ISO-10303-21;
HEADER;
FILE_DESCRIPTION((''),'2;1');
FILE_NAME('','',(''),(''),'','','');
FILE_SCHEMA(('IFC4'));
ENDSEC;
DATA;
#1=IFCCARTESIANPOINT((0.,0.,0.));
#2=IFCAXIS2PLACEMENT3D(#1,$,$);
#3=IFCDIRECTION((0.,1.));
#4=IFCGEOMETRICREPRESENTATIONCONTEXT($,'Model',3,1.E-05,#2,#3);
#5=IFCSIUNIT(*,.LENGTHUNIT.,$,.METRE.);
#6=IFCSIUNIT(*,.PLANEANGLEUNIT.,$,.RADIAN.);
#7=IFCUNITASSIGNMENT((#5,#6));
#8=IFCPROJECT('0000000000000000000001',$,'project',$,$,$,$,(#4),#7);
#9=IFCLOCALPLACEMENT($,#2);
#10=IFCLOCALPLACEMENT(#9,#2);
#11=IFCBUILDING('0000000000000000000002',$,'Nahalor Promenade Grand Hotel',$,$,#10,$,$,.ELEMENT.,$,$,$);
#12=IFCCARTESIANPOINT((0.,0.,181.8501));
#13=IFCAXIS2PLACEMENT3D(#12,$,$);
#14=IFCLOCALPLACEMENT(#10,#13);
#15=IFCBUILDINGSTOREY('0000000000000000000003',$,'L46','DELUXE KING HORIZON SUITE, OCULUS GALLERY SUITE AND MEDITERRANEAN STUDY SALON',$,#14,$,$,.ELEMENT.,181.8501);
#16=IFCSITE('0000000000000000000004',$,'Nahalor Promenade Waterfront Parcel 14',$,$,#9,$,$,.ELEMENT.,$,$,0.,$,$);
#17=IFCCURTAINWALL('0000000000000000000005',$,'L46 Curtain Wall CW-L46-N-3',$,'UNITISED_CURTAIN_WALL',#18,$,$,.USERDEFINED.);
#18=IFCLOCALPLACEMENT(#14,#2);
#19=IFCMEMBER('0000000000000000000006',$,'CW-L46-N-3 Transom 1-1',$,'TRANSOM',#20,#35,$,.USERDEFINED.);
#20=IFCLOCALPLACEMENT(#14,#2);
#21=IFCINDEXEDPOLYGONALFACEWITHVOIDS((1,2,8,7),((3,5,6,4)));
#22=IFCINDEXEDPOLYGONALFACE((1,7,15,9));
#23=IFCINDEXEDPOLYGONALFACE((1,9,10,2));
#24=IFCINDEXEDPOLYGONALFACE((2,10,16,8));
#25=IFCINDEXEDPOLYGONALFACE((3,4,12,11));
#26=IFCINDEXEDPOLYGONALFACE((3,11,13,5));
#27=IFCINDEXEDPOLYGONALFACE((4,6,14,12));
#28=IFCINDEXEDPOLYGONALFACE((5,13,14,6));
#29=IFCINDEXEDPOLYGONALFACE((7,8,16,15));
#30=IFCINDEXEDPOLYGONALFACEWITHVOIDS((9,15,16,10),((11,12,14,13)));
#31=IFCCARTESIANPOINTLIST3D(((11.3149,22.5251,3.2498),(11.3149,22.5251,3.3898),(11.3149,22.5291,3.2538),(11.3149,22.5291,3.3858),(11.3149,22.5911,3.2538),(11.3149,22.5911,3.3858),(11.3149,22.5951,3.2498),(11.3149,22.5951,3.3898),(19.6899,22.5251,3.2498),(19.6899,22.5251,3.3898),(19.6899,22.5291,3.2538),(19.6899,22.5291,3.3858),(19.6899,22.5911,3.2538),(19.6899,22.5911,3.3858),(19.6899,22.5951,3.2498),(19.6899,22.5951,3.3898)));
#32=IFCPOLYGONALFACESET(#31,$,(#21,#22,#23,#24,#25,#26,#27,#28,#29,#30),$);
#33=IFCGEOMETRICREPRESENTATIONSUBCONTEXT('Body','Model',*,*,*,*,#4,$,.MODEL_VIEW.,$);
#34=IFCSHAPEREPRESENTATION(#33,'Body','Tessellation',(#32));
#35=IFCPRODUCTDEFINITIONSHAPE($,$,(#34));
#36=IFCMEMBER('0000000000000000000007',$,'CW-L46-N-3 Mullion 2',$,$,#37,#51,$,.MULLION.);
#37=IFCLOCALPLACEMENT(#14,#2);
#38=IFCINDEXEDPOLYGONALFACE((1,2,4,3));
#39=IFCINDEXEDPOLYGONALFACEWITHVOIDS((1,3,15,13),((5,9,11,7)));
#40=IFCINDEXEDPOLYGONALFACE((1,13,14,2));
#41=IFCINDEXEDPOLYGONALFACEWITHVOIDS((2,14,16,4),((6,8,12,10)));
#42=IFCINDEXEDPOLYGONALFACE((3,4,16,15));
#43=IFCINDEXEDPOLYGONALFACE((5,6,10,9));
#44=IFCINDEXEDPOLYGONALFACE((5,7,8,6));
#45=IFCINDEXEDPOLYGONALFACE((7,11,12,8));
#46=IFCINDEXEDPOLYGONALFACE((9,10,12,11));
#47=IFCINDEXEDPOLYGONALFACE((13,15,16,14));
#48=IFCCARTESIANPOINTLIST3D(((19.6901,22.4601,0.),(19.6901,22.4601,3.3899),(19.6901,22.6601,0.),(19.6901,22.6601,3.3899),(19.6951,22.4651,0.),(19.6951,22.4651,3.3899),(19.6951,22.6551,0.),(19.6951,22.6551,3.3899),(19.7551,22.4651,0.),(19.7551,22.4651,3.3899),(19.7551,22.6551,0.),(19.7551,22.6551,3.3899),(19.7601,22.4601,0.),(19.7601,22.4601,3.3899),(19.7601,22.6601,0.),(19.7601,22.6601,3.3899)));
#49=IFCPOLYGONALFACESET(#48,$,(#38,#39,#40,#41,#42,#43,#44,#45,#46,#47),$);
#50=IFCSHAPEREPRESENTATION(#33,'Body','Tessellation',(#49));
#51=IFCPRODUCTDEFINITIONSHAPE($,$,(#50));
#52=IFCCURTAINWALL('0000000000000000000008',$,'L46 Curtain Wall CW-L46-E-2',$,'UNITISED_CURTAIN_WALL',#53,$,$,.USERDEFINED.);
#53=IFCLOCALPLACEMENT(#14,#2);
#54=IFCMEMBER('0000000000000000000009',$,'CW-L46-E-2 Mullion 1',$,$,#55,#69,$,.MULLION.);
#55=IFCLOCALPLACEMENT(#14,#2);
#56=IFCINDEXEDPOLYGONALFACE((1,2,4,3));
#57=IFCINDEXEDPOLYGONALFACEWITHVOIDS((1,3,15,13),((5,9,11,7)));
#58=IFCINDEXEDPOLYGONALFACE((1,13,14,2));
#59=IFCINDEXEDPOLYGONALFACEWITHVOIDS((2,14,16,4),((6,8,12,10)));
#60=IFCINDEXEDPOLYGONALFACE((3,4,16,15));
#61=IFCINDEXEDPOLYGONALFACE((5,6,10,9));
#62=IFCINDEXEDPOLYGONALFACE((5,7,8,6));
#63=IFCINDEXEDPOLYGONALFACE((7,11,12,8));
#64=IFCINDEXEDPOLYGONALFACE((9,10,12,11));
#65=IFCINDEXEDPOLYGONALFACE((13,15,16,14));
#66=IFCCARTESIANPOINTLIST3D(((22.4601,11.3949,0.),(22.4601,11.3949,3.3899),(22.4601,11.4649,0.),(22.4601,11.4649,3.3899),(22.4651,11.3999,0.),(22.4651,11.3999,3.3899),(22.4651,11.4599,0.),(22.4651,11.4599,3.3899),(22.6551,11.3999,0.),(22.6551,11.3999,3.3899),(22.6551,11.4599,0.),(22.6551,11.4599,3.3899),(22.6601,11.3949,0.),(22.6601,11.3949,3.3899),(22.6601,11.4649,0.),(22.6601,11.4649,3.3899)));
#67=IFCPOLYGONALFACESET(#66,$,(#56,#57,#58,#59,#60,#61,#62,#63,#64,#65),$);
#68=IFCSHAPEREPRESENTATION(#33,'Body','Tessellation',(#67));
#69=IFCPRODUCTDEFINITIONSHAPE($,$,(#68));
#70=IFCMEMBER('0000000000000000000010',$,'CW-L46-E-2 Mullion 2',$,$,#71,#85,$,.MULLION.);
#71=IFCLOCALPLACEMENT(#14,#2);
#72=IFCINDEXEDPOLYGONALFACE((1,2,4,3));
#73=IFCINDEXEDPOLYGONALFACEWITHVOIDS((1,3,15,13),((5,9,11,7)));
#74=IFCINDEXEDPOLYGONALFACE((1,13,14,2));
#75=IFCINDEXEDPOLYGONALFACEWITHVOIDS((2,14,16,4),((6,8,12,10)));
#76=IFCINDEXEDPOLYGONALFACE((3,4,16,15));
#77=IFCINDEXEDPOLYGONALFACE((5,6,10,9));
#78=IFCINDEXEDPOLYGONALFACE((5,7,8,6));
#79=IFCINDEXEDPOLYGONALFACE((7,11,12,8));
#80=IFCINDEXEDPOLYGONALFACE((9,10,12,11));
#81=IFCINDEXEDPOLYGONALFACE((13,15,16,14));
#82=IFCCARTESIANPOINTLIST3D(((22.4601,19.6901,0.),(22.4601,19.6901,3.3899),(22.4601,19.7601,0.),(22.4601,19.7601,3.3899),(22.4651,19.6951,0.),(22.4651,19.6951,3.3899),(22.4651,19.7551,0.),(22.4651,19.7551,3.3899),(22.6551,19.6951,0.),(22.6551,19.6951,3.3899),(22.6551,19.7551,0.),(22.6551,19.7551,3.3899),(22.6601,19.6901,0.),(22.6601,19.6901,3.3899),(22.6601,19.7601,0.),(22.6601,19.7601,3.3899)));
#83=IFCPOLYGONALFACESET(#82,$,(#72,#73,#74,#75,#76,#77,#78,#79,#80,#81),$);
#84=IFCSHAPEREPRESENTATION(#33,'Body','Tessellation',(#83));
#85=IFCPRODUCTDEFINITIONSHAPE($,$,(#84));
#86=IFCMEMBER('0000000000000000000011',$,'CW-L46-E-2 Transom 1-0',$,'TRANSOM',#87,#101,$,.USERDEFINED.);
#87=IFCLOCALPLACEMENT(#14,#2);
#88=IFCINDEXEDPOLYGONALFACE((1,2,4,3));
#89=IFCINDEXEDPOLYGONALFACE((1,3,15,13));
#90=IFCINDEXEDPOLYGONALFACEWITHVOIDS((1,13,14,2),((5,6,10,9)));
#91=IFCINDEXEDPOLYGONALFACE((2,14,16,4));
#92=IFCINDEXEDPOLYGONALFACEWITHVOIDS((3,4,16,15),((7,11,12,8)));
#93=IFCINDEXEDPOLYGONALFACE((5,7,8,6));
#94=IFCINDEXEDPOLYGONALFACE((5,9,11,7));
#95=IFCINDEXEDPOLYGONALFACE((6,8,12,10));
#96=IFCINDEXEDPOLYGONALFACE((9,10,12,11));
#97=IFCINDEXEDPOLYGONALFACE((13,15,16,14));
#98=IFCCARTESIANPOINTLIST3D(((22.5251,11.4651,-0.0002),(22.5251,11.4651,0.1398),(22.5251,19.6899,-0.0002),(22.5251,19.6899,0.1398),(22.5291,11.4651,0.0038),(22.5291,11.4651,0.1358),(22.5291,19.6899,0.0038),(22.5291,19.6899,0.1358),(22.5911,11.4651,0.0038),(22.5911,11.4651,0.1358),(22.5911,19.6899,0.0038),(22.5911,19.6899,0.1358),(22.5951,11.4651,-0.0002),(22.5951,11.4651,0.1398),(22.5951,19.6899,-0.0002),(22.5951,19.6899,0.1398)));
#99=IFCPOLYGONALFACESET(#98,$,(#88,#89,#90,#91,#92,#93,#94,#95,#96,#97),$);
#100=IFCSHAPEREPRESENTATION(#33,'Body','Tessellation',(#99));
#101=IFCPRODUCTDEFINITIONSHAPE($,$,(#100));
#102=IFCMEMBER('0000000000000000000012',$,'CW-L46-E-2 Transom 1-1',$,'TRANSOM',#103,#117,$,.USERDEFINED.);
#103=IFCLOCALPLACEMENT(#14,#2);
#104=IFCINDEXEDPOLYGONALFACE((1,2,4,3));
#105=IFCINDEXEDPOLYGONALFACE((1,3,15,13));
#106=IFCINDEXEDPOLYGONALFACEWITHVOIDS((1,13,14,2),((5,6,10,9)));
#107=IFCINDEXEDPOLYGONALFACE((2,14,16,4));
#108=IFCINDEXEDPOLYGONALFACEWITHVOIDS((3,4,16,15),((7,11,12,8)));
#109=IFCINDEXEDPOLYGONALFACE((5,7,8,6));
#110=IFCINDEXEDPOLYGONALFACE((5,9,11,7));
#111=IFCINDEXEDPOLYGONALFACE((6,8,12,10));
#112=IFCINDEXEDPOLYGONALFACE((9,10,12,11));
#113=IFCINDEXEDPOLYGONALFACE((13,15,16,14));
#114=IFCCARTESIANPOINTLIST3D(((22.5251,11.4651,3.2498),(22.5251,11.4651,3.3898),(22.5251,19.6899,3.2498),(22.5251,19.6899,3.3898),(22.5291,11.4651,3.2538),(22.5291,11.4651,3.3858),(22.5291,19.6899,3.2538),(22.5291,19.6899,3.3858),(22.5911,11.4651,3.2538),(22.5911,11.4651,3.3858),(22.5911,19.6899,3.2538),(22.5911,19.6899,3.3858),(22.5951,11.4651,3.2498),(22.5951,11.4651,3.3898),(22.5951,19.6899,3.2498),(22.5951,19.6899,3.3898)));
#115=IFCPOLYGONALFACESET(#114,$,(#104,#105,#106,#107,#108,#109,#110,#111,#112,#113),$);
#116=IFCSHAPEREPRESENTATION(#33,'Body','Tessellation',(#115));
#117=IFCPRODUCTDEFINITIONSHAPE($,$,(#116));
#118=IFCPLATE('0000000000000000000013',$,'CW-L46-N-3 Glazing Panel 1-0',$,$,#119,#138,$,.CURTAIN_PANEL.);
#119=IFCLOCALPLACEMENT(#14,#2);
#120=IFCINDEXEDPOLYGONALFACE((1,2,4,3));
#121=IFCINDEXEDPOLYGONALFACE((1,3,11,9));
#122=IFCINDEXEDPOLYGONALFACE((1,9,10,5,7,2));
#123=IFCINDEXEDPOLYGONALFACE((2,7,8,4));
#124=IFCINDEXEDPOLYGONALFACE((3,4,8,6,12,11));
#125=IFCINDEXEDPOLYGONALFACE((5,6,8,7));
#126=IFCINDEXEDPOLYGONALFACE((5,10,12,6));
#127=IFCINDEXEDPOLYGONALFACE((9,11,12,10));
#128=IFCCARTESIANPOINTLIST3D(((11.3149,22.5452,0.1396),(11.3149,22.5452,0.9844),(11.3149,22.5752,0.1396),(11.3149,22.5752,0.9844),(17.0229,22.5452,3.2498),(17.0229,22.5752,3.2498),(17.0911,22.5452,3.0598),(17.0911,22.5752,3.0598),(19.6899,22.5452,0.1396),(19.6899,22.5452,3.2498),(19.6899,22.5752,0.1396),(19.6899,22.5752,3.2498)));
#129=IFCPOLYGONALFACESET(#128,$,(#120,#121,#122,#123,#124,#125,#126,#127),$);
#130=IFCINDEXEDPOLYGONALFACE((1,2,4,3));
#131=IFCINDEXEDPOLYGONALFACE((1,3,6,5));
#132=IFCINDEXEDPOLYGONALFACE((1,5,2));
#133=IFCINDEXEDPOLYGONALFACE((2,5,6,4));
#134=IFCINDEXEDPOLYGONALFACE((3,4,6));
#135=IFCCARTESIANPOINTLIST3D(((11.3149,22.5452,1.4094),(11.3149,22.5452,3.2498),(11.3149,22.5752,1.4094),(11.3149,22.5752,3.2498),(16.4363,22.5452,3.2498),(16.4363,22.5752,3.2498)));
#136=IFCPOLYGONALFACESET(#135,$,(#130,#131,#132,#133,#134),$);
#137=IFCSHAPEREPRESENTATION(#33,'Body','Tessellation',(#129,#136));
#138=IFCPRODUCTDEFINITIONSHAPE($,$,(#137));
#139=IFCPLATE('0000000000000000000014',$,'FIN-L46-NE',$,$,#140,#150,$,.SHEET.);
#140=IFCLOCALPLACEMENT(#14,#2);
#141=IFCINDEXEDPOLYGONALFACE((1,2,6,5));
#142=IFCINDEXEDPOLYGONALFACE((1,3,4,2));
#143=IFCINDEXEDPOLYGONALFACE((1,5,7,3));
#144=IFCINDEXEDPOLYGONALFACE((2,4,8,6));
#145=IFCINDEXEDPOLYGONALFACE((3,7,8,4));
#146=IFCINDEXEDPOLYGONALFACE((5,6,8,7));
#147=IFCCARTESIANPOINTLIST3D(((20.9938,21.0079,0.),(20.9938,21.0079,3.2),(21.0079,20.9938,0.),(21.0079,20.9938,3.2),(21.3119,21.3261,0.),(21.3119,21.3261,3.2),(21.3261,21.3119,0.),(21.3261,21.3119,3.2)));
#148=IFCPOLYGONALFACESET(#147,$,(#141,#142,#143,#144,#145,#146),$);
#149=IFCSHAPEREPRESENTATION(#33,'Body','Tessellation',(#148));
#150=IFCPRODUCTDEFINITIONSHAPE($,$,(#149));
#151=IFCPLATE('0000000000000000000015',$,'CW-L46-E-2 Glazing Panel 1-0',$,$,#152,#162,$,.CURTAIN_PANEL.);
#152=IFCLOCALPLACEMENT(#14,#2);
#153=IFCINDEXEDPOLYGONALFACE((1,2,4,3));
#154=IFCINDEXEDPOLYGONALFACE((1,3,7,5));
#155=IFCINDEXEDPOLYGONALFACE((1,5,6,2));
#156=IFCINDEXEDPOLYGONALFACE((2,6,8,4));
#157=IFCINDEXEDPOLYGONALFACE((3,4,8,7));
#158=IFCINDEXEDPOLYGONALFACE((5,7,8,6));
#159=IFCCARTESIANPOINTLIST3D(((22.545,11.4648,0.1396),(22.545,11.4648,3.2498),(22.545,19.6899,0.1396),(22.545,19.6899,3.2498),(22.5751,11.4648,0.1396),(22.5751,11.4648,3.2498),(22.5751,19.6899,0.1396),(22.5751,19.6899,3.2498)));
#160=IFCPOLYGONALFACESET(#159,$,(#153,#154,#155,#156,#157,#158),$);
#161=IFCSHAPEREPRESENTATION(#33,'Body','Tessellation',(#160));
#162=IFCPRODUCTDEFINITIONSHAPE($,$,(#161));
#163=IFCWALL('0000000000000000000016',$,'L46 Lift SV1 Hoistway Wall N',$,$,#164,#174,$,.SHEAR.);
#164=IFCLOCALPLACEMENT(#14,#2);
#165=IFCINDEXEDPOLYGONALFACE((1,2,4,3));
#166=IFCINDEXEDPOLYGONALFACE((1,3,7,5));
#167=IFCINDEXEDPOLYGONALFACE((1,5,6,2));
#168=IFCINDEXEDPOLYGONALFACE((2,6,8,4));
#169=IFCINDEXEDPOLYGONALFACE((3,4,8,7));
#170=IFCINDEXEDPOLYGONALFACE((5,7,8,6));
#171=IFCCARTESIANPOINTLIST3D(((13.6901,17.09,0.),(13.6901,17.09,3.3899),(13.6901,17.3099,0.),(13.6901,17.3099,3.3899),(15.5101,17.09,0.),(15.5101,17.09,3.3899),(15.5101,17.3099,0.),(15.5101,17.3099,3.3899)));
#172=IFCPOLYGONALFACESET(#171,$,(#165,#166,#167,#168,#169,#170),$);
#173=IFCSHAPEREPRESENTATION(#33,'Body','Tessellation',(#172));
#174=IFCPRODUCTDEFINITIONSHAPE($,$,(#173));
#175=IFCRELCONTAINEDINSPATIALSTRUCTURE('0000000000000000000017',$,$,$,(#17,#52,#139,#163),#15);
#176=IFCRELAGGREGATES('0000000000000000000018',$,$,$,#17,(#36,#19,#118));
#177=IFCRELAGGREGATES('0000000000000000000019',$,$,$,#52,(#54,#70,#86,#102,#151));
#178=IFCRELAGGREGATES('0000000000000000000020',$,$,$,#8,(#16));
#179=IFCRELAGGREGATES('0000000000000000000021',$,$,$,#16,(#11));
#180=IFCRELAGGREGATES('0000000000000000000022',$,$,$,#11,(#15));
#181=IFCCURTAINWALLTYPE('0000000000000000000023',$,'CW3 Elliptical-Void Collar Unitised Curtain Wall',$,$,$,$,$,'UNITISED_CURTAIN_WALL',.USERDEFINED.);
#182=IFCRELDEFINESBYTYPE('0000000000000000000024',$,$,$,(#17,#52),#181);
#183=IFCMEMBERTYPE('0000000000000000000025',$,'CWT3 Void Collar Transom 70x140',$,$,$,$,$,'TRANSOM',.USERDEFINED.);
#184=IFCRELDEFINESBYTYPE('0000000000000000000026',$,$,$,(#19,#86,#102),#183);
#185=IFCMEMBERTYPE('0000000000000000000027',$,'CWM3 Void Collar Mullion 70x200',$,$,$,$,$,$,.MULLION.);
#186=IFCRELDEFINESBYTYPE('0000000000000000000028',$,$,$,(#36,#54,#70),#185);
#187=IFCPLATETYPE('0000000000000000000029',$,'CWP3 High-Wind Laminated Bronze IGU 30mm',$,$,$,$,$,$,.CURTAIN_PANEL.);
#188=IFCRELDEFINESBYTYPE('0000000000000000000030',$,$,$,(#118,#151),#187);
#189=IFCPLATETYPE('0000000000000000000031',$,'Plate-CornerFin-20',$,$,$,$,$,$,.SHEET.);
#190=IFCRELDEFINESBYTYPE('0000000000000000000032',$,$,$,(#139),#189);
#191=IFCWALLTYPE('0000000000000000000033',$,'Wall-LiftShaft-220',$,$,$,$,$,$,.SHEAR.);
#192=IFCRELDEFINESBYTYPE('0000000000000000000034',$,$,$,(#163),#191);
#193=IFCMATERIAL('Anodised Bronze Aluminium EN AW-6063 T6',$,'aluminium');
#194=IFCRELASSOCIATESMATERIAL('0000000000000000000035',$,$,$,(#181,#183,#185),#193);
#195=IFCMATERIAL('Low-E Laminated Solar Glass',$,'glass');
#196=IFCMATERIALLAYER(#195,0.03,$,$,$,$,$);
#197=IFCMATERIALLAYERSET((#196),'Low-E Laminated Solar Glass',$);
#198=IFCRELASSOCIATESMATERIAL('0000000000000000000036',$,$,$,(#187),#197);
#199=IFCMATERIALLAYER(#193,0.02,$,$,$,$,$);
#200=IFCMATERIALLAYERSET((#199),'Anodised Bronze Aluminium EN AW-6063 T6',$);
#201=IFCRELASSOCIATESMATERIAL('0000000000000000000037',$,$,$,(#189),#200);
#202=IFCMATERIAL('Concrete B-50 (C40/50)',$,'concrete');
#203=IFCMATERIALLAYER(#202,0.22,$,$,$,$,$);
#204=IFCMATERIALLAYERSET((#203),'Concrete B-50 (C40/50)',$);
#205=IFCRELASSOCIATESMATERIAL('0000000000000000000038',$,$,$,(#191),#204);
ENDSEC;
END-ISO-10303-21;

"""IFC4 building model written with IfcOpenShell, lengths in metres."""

from ifc_helpers import new_model, si_unit, direction, frame, frame_2d, origin, origin_2d, place, context, subcontext, project, spatial, polyline, rectangle, hollow_rectangle, outline, extrude, source, transform, mapped, material, layer, layer_set, material_profile, profile_set, type_object, element, aggregate, save


model = new_model("IFC4")

# Units and contexts
model_context = context("Model", 3, precision=1e-05, world=origin(), true_north=direction((0.0, 1.0)))
body_context = subcontext(model_context, "Body", "Model", "MODEL_VIEW")
ifc_project = project(units=[si_unit("LENGTHUNIT", "METRE"), si_unit("PLANEANGLEUNIT", "RADIAN")], contexts=[model_context])

# Site, building, storey
site_placement = place(None, origin())
site = spatial("IfcSite", under=ifc_project, at=site_placement, Name="Nahalor Promenade Waterfront Parcel 14", CompositionType="ELEMENT", RefElevation=0.0)
building_placement = place(site_placement, origin())
building = spatial("IfcBuilding", under=site, at=building_placement, Name="Nahalor Promenade Grand Hotel", CompositionType="ELEMENT")
storey_placement = place(building_placement, frame((0.0, 0.0, 181.8501)))
storey = spatial("IfcBuildingStorey", under=building, at=storey_placement, Name="L46", Description="DELUXE KING HORIZON SUITE, OCULUS GALLERY SUITE AND MEDITERRANEAN STUDY SALON", CompositionType="ELEMENT", Elevation=181.8501)

# Curtain walls, members
ifc_material_1 = material(Name="Anodised Bronze Aluminium EN AW-6063 T6", Category="aluminium")
curtain_wall_type = type_object("IfcCurtainWallType", Name="CW3 Elliptical-Void Collar Unitised Curtain Wall", ElementType="UNITISED_CURTAIN_WALL", PredefinedType="USERDEFINED", material=ifc_material_1)
curtain_wall_1_placement = place(storey_placement, origin())
curtain_wall_1 = element("IfcCurtainWall", 1, at=curtain_wall_1_placement, inside=storey, type_object=curtain_wall_type, Name="L46 Curtain Wall CW-L46-N-3", ObjectType="UNITISED_CURTAIN_WALL", PredefinedType="USERDEFINED")
ifc_material_profile_1 = material_profile(ifc_material_1, hollow_rectangle(XDim=0.07, YDim=0.14, WallThickness=0.004, at=origin_2d()), Name="CWT 70x140x4")
ifc_profile_set_1 = profile_set([ifc_material_profile_1], Name="Anodised Bronze Aluminium EN AW-6063 T6")
member_type_1 = type_object("IfcMemberType", Name="CWT3 Void Collar Transom 70x140", ElementType="TRANSOM", PredefinedType="USERDEFINED", material=ifc_profile_set_1)
shared_shape_1 = source(origin(), body_context, "Body", "SweptSolid", [
    extrude(hollow_rectangle(XDim=0.07, YDim=0.14, WallThickness=0.004, at=origin_2d()), origin(), (0.0, 0.0, 1.0), 8.375),
])
member_1_placement = place(storey_placement, frame((11.3149, 22.5601, 3.3198), z_axis=(1.0, 0.0, 0.0), x_axis=(0.0, 1.0, 0.0)))
member_1 = element("IfcMember", 2, at=member_1_placement, type_object=member_type_1, Name="CW-L46-N-3 Transom 1-1", ObjectType="TRANSOM", PredefinedType="USERDEFINED", context=body_context, shape_type="MappedRepresentation", body=[
    mapped(shared_shape_1, transform((0.0, 0.0, 0.0), scale=1.0)),
])
ifc_material_profile_2 = material_profile(ifc_material_1, hollow_rectangle(XDim=0.07, YDim=0.2, WallThickness=0.005, at=origin_2d()), Name="CWM 70x200x5")
ifc_profile_set_2 = profile_set([ifc_material_profile_2], Name="Anodised Bronze Aluminium EN AW-6063 T6")
member_type_2 = type_object("IfcMemberType", Name="CWM3 Void Collar Mullion 70x200", PredefinedType="MULLION", material=ifc_profile_set_2)
shared_shape_2 = source(origin(), body_context, "Body", "SweptSolid", [
    extrude(hollow_rectangle(XDim=0.07, YDim=0.2, WallThickness=0.005, at=origin_2d()), origin(), (0.0, 0.0, 1.0), 3.3899),
])
member_2_placement = place(storey_placement, frame((19.7251, 22.5601, 0.0), z_axis=(0.0, 0.0, 1.0), x_axis=(1.0, 0.0, 0.0)))
member_2 = element("IfcMember", 3, at=member_2_placement, type_object=member_type_2, Name="CW-L46-N-3 Mullion 2", PredefinedType="MULLION", context=body_context, shape_type="MappedRepresentation", body=[
    mapped(shared_shape_2, transform((0.0, 0.0, 0.0), scale=1.0)),
])
curtain_wall_2_placement = place(storey_placement, origin())
curtain_wall_2 = element("IfcCurtainWall", 4, at=curtain_wall_2_placement, inside=storey, type_object=curtain_wall_type, Name="L46 Curtain Wall CW-L46-E-2", ObjectType="UNITISED_CURTAIN_WALL", PredefinedType="USERDEFINED")
member_3_placement = place(storey_placement, frame((22.5601, 11.4299, 0.0), z_axis=(0.0, 0.0, 1.0), x_axis=(0.0, 1.0, 0.0)))
member_3 = element("IfcMember", 5, at=member_3_placement, type_object=member_type_2, Name="CW-L46-E-2 Mullion 1", PredefinedType="MULLION", context=body_context, shape_type="MappedRepresentation", body=[
    mapped(shared_shape_2, transform((0.0, 0.0, 0.0), scale=1.0)),
])
member_4_placement = place(storey_placement, frame((22.5601, 19.7251, 0.0), z_axis=(0.0, 0.0, 1.0), x_axis=(0.0, 1.0, 0.0)))
member_4 = element("IfcMember", 6, at=member_4_placement, type_object=member_type_2, Name="CW-L46-E-2 Mullion 2", PredefinedType="MULLION", context=body_context, shape_type="MappedRepresentation", body=[
    mapped(shared_shape_2, transform((0.0, 0.0, 0.0), scale=1.0)),
])
shared_shape_3 = source(origin(), body_context, "Body", "SweptSolid", [
    extrude(hollow_rectangle(XDim=0.07, YDim=0.14, WallThickness=0.004, at=origin_2d()), origin(), (0.0, 0.0, 1.0), 8.2249),
])
member_5_placement = place(storey_placement, frame((22.5601, 11.4651, 0.0698), z_axis=(0.0, 1.0, 0.0), x_axis=(-1.0, 0.0, 0.0)))
member_5 = element("IfcMember", 7, at=member_5_placement, type_object=member_type_1, Name="CW-L46-E-2 Transom 1-0", ObjectType="TRANSOM", PredefinedType="USERDEFINED", context=body_context, shape_type="MappedRepresentation", body=[
    mapped(shared_shape_3, transform((0.0, 0.0, 0.0), scale=1.0)),
])
member_6_placement = place(storey_placement, frame((22.5601, 11.4651, 3.3198), z_axis=(0.0, 1.0, 0.0), x_axis=(-1.0, 0.0, 0.0)))
member_6 = element("IfcMember", 8, at=member_6_placement, type_object=member_type_1, Name="CW-L46-E-2 Transom 1-1", ObjectType="TRANSOM", PredefinedType="USERDEFINED", context=body_context, shape_type="MappedRepresentation", body=[
    mapped(shared_shape_3, transform((0.0, 0.0, 0.0), scale=1.0)),
])

# Plates
ifc_material_2 = material(Name="Low-E Laminated Solar Glass", Category="glass")
ifc_layer_1 = layer(ifc_material_2, 0.03)
ifc_layer_set_1 = layer_set([ifc_layer_1], Name="Low-E Laminated Solar Glass")
plate_type_1 = type_object("IfcPlateType", Name="CWP3 High-Wind Laminated Bronze IGU 30mm", PredefinedType="CURTAIN_PANEL", material=ifc_layer_set_1)
plate_1_placement = place(storey_placement, frame((15.5024, 22.5601, 0.1396), z_axis=(0.0, 0.0, 1.0), x_axis=(1.0, 0.0, 0.0)))
plate_1 = element("IfcPlate", 9, at=plate_1_placement, type_object=plate_type_1, Name="CW-L46-N-3 Glazing Panel 1-0", PredefinedType="CURTAIN_PANEL", context=body_context, shape_type="SweptSolid", body=[
    extrude(outline(polyline([(4.1875, 0.0), (4.1875, 3.1101), (1.5205, 3.1101), (1.5886, 2.9202), (-4.1875, 0.8447), (-4.1875, 0.0), (4.1875, 0.0)])), frame((0.0, 0.0151, 0.0), z_axis=(0.0, -1.0, 0.0), x_axis=(1.0, 0.0, 0.0)), (0.0, 0.0, 1.0), 0.03),
    extrude(outline(polyline([(0.9338, 3.1101), (-4.1875, 3.1101), (-4.1875, 1.2698), (0.9338, 3.1101)])), frame((0.0, 0.0151, 0.0), z_axis=(0.0, -1.0, 0.0), x_axis=(1.0, 0.0, 0.0)), (0.0, 0.0, 1.0), 0.03),
])
aggregate(curtain_wall_1, [member_2, member_1, plate_1])
ifc_layer_2 = layer(ifc_material_1, 0.02)
ifc_layer_set_2 = layer_set([ifc_layer_2], Name="Anodised Bronze Aluminium EN AW-6063 T6")
plate_type_2 = type_object("IfcPlateType", Name="Plate-CornerFin-20", PredefinedType="SHEET", material=ifc_layer_set_2)
shared_shape_4 = source(origin(), body_context, "Body", "SweptSolid", [
    extrude(rectangle(XDim=0.45, YDim=0.02, at=origin_2d()), origin(), (0.0, 0.0, 1.0), 3.2),
])
plate_2_placement = place(storey_placement, frame((21.1599, 21.1599, 0.0), z_axis=(0.0, 0.0, 1.0), x_axis=(0.707107, 0.707107, 0.0)))
element("IfcPlate", 10, at=plate_2_placement, inside=storey, type_object=plate_type_2, Name="FIN-L46-NE", PredefinedType="SHEET", context=body_context, shape_type="MappedRepresentation", body=[
    mapped(shared_shape_4, transform((0.0, 0.0, 0.0), scale=1.0)),
])
shared_shape_5 = source(origin(), body_context, "Body", "SweptSolid", [
    extrude(rectangle(XDim=8.2251, YDim=0.03, at=origin_2d()), origin(), (0.0, 0.0, 1.0), 3.1101),
])
plate_3_placement = place(storey_placement, frame((22.5601, 15.5774, 0.1396), z_axis=(0.0, 0.0, 1.0), x_axis=(0.0, 1.0, 0.0)))
plate_3 = element("IfcPlate", 11, at=plate_3_placement, type_object=plate_type_1, Name="CW-L46-E-2 Glazing Panel 1-0", PredefinedType="CURTAIN_PANEL", context=body_context, shape_type="MappedRepresentation", body=[
    mapped(shared_shape_5, transform((0.0, 0.0, 0.0), scale=1.0)),
])
aggregate(curtain_wall_2, [member_3, member_4, member_5, member_6, plate_3])

# Wall
ifc_material_3 = material(Name="Concrete B-50 (C40/50)", Category="concrete")
ifc_layer_3 = layer(ifc_material_3, 0.22)
ifc_layer_set_3 = layer_set([ifc_layer_3], Name="Concrete B-50 (C40/50)")
wall_type_1 = type_object("IfcWallType", Name="Wall-LiftShaft-220", PredefinedType="SHEAR", material=ifc_layer_set_3)
shared_shape_6 = source(origin(), body_context, "Body", "SweptSolid", [
    extrude(rectangle(XDim=1.8201, YDim=0.22, at=frame_2d((0.9102, 0.0))), origin(), (0.0, 0.0, 1.0), 3.3899),
])
wall_1_placement = place(storey_placement, frame((13.6899, 17.2, 0.0), z_axis=(0.0, 0.0, 1.0), x_axis=(1.0, 0.0, 0.0)))
element("IfcWall", 12, at=wall_1_placement, inside=storey, type_object=wall_type_1, Name="L46 Lift SV1 Hoistway Wall N", PredefinedType="SHEAR", context=body_context, shape_type="MappedRepresentation", body=[
    mapped(shared_shape_6, transform((0.0, 0.0, 0.0), scale=1.0)),
])

save(model, "model.ifc")
